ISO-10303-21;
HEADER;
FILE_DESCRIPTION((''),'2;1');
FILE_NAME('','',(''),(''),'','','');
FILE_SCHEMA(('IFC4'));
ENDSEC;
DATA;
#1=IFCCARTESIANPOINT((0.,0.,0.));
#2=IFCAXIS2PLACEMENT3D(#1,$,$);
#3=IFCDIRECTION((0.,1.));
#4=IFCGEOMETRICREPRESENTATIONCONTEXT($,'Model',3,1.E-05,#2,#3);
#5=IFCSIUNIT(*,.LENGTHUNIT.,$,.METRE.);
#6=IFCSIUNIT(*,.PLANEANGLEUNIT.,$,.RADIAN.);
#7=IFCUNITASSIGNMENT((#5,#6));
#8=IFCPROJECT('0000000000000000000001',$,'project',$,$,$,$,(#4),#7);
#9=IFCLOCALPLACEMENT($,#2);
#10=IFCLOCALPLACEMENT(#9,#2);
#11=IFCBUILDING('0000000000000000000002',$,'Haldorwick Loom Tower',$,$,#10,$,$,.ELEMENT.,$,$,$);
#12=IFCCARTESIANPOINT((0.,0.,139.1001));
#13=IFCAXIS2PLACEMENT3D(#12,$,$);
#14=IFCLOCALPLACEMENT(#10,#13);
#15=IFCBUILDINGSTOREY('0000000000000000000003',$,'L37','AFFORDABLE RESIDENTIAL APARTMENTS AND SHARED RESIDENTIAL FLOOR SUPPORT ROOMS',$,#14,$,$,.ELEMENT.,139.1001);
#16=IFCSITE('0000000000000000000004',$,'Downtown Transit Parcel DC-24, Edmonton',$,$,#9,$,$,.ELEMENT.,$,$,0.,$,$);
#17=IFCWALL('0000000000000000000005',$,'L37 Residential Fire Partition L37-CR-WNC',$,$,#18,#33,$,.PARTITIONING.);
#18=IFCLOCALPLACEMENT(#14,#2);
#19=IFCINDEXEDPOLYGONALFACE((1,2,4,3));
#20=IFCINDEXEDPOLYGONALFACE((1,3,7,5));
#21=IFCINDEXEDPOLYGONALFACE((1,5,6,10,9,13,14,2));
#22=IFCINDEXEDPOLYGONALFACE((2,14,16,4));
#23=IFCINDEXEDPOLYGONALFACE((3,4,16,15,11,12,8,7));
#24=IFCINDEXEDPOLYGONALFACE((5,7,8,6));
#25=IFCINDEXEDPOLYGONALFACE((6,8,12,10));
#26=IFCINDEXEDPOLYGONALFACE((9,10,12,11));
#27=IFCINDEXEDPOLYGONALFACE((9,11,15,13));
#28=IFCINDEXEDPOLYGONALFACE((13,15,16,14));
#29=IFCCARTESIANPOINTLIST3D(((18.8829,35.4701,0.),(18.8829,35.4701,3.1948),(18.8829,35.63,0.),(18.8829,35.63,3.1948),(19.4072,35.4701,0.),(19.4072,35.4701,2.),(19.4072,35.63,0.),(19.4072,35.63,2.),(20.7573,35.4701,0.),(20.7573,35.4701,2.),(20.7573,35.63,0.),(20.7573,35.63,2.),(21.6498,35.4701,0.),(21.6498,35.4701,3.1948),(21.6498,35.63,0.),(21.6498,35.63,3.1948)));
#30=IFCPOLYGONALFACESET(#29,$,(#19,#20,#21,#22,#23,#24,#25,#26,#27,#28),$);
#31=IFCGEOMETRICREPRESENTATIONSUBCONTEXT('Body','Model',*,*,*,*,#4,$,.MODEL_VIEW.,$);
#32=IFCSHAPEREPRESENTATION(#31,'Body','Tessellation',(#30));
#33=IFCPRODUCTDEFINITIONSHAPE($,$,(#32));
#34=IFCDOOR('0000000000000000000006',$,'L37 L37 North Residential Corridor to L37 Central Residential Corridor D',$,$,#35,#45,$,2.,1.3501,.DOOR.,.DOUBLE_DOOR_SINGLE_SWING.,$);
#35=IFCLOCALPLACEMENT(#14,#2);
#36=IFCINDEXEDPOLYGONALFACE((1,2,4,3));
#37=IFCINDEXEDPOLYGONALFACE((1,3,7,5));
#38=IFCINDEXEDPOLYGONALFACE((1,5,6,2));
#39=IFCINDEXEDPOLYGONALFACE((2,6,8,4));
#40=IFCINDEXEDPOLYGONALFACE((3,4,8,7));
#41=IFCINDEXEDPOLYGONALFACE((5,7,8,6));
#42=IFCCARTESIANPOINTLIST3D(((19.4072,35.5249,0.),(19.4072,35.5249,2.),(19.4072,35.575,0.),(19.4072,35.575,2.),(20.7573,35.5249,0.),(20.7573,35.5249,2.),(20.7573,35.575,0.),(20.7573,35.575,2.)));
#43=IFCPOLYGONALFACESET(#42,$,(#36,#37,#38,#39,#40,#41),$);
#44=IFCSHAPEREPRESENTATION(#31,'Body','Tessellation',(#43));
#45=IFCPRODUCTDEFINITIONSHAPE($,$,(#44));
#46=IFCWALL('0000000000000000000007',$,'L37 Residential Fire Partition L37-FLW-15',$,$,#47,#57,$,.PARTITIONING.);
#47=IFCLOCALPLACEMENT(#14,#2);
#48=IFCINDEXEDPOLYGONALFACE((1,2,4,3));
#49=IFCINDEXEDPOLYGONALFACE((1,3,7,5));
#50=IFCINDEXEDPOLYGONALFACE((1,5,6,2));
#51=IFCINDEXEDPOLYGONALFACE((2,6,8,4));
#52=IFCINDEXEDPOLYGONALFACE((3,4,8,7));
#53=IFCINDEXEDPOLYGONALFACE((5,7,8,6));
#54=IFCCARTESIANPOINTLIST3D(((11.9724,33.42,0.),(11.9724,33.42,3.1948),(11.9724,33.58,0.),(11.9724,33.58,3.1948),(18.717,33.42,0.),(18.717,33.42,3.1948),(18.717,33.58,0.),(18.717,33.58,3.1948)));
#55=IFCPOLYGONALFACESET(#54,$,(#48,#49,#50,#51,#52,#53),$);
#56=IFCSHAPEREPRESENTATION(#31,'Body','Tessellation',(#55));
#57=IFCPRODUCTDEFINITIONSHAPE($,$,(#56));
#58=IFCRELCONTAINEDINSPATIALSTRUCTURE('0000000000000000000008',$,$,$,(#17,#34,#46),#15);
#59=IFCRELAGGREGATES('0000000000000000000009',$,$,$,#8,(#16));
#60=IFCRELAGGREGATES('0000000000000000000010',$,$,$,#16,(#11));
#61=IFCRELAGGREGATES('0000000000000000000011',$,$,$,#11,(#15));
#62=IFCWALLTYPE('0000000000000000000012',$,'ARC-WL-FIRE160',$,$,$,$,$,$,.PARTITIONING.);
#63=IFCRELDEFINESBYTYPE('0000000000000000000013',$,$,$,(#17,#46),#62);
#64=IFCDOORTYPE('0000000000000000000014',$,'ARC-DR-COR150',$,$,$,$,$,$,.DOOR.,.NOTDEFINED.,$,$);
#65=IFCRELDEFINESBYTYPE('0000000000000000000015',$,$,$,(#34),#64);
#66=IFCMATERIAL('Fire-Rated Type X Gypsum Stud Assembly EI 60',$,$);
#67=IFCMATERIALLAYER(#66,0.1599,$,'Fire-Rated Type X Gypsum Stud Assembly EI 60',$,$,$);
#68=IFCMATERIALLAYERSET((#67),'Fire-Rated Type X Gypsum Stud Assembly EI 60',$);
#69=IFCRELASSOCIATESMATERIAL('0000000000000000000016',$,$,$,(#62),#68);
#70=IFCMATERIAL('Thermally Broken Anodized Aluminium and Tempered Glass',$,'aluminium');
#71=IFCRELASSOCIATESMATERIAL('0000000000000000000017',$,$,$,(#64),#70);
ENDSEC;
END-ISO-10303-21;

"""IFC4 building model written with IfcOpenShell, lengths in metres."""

from ifc_helpers import new_model, si_unit, direction, frame, frame_2d, origin, place, context, subcontext, project, spatial, rectangle, extrude, material, layer, layer_set, type_object, element, fill, save


model = new_model("IFC4")

# Units and contexts
model_context = context("Model", 3, precision=1e-05, world=origin(), true_north=direction((0.0, 1.0)))
body_context = subcontext(model_context, "Body", "Model", "MODEL_VIEW")
ifc_project = project(units=[si_unit("LENGTHUNIT", "METRE"), si_unit("PLANEANGLEUNIT", "RADIAN")], contexts=[model_context])

# Site, building, storey
site_placement = place(None, origin())
site = spatial("IfcSite", under=ifc_project, at=site_placement, Name="Downtown Transit Parcel DC-24, Edmonton", CompositionType="ELEMENT", RefElevation=0.0)
building_placement = place(site_placement, origin())
building = spatial("IfcBuilding", under=site, at=building_placement, Name="Haldorwick Loom Tower", CompositionType="ELEMENT")
storey_placement = place(building_placement, frame((0.0, 0.0, 139.1001)))
storey = spatial("IfcBuildingStorey", under=building, at=storey_placement, Name="L37", Description="AFFORDABLE RESIDENTIAL APARTMENTS AND SHARED RESIDENTIAL FLOOR SUPPORT ROOMS", CompositionType="ELEMENT", Elevation=139.1001)

# Shared definitions
ifc_material_1 = material(Name="Fire-Rated Type X Gypsum Stud Assembly EI 60")
ifc_layer_1 = layer(ifc_material_1, 0.1599, Name="Fire-Rated Type X Gypsum Stud Assembly EI 60")
ifc_layer_set_1 = layer_set([ifc_layer_1], Name="Fire-Rated Type X Gypsum Stud Assembly EI 60")
wall_type_1 = type_object("IfcWallType", Name="ARC-WL-FIRE160", PredefinedType="PARTITIONING", material=ifc_layer_set_1)

# Wall, opening, door
wall_1_placement = place(storey_placement, frame((18.8831, 35.55, 0.0), z_axis=(0.0, 0.0, 1.0), x_axis=(1.0, 0.0, 0.0)))
wall_1 = element("IfcWall", 1, at=wall_1_placement, inside=storey, type_object=wall_type_1, Name="L37 Residential Fire Partition L37-CR-WNC", PredefinedType="PARTITIONING", context=body_context, shape_type="SweptSolid", body=[
    extrude(rectangle(XDim=2.7668, YDim=0.1599, at=frame_2d((1.3833, 0.0))), origin(), (0.0, 0.0, 1.0), 3.1948),
])
opening_1_placement = place(wall_1_placement, frame((0.5242, 0.0, 0.0)))
opening_1 = element("IfcOpeningElement", 2, at=opening_1_placement, cuts=wall_1, PredefinedType="OPENING", context=body_context, shape_type="SweptSolid", body=[
    extrude(rectangle(XDim=1.3501, YDim=2.0, at=frame_2d((0.675, 1.0))), frame((0.0, 0.0898, 0.0), z_axis=(0.0, -1.0, 0.0), x_axis=(1.0, 0.0, 0.0)), (0.0, 0.0, 1.0), 0.1799),
])
ifc_material_2 = material(Name="Thermally Broken Anodized Aluminium and Tempered Glass", Category="aluminium")
door_type_1 = type_object("IfcDoorType", Name="ARC-DR-COR150", OperationType="NOTDEFINED", PredefinedType="DOOR", material=ifc_material_2)
door_1_placement = place(opening_1_placement, origin())
door_1 = element("IfcDoor", 3, at=door_1_placement, inside=storey, type_object=door_type_1, Name="L37 L37 North Residential Corridor to L37 Central Residential Corridor D", OperationType="DOUBLE_DOOR_SINGLE_SWING", OverallHeight=2.0, OverallWidth=1.3501, PredefinedType="DOOR", context=body_context, shape_type="SweptSolid", body=[
    extrude(rectangle(XDim=1.3501, YDim=2.0, at=frame_2d((0.675, 1.0))), frame((0.0, 0.0249, 0.0), z_axis=(0.0, -1.0, 0.0), x_axis=(1.0, 0.0, 0.0)), (0.0, 0.0, 1.0), 0.05),
])
fill(opening_1, door_1)

# Wall
wall_2_placement = place(storey_placement, frame((11.9724, 33.5, 0.0), z_axis=(0.0, 0.0, 1.0), x_axis=(1.0, 0.0, 0.0)))
element("IfcWall", 4, at=wall_2_placement, inside=storey, type_object=wall_type_1, Name="L37 Residential Fire Partition L37-FLW-15", PredefinedType="PARTITIONING", context=body_context, shape_type="SweptSolid", body=[
    extrude(rectangle(XDim=6.7446, YDim=0.1599, at=frame_2d((3.3723, 0.0))), origin(), (0.0, 0.0, 1.0), 3.1948),
])

save(model, "model.ifc")
